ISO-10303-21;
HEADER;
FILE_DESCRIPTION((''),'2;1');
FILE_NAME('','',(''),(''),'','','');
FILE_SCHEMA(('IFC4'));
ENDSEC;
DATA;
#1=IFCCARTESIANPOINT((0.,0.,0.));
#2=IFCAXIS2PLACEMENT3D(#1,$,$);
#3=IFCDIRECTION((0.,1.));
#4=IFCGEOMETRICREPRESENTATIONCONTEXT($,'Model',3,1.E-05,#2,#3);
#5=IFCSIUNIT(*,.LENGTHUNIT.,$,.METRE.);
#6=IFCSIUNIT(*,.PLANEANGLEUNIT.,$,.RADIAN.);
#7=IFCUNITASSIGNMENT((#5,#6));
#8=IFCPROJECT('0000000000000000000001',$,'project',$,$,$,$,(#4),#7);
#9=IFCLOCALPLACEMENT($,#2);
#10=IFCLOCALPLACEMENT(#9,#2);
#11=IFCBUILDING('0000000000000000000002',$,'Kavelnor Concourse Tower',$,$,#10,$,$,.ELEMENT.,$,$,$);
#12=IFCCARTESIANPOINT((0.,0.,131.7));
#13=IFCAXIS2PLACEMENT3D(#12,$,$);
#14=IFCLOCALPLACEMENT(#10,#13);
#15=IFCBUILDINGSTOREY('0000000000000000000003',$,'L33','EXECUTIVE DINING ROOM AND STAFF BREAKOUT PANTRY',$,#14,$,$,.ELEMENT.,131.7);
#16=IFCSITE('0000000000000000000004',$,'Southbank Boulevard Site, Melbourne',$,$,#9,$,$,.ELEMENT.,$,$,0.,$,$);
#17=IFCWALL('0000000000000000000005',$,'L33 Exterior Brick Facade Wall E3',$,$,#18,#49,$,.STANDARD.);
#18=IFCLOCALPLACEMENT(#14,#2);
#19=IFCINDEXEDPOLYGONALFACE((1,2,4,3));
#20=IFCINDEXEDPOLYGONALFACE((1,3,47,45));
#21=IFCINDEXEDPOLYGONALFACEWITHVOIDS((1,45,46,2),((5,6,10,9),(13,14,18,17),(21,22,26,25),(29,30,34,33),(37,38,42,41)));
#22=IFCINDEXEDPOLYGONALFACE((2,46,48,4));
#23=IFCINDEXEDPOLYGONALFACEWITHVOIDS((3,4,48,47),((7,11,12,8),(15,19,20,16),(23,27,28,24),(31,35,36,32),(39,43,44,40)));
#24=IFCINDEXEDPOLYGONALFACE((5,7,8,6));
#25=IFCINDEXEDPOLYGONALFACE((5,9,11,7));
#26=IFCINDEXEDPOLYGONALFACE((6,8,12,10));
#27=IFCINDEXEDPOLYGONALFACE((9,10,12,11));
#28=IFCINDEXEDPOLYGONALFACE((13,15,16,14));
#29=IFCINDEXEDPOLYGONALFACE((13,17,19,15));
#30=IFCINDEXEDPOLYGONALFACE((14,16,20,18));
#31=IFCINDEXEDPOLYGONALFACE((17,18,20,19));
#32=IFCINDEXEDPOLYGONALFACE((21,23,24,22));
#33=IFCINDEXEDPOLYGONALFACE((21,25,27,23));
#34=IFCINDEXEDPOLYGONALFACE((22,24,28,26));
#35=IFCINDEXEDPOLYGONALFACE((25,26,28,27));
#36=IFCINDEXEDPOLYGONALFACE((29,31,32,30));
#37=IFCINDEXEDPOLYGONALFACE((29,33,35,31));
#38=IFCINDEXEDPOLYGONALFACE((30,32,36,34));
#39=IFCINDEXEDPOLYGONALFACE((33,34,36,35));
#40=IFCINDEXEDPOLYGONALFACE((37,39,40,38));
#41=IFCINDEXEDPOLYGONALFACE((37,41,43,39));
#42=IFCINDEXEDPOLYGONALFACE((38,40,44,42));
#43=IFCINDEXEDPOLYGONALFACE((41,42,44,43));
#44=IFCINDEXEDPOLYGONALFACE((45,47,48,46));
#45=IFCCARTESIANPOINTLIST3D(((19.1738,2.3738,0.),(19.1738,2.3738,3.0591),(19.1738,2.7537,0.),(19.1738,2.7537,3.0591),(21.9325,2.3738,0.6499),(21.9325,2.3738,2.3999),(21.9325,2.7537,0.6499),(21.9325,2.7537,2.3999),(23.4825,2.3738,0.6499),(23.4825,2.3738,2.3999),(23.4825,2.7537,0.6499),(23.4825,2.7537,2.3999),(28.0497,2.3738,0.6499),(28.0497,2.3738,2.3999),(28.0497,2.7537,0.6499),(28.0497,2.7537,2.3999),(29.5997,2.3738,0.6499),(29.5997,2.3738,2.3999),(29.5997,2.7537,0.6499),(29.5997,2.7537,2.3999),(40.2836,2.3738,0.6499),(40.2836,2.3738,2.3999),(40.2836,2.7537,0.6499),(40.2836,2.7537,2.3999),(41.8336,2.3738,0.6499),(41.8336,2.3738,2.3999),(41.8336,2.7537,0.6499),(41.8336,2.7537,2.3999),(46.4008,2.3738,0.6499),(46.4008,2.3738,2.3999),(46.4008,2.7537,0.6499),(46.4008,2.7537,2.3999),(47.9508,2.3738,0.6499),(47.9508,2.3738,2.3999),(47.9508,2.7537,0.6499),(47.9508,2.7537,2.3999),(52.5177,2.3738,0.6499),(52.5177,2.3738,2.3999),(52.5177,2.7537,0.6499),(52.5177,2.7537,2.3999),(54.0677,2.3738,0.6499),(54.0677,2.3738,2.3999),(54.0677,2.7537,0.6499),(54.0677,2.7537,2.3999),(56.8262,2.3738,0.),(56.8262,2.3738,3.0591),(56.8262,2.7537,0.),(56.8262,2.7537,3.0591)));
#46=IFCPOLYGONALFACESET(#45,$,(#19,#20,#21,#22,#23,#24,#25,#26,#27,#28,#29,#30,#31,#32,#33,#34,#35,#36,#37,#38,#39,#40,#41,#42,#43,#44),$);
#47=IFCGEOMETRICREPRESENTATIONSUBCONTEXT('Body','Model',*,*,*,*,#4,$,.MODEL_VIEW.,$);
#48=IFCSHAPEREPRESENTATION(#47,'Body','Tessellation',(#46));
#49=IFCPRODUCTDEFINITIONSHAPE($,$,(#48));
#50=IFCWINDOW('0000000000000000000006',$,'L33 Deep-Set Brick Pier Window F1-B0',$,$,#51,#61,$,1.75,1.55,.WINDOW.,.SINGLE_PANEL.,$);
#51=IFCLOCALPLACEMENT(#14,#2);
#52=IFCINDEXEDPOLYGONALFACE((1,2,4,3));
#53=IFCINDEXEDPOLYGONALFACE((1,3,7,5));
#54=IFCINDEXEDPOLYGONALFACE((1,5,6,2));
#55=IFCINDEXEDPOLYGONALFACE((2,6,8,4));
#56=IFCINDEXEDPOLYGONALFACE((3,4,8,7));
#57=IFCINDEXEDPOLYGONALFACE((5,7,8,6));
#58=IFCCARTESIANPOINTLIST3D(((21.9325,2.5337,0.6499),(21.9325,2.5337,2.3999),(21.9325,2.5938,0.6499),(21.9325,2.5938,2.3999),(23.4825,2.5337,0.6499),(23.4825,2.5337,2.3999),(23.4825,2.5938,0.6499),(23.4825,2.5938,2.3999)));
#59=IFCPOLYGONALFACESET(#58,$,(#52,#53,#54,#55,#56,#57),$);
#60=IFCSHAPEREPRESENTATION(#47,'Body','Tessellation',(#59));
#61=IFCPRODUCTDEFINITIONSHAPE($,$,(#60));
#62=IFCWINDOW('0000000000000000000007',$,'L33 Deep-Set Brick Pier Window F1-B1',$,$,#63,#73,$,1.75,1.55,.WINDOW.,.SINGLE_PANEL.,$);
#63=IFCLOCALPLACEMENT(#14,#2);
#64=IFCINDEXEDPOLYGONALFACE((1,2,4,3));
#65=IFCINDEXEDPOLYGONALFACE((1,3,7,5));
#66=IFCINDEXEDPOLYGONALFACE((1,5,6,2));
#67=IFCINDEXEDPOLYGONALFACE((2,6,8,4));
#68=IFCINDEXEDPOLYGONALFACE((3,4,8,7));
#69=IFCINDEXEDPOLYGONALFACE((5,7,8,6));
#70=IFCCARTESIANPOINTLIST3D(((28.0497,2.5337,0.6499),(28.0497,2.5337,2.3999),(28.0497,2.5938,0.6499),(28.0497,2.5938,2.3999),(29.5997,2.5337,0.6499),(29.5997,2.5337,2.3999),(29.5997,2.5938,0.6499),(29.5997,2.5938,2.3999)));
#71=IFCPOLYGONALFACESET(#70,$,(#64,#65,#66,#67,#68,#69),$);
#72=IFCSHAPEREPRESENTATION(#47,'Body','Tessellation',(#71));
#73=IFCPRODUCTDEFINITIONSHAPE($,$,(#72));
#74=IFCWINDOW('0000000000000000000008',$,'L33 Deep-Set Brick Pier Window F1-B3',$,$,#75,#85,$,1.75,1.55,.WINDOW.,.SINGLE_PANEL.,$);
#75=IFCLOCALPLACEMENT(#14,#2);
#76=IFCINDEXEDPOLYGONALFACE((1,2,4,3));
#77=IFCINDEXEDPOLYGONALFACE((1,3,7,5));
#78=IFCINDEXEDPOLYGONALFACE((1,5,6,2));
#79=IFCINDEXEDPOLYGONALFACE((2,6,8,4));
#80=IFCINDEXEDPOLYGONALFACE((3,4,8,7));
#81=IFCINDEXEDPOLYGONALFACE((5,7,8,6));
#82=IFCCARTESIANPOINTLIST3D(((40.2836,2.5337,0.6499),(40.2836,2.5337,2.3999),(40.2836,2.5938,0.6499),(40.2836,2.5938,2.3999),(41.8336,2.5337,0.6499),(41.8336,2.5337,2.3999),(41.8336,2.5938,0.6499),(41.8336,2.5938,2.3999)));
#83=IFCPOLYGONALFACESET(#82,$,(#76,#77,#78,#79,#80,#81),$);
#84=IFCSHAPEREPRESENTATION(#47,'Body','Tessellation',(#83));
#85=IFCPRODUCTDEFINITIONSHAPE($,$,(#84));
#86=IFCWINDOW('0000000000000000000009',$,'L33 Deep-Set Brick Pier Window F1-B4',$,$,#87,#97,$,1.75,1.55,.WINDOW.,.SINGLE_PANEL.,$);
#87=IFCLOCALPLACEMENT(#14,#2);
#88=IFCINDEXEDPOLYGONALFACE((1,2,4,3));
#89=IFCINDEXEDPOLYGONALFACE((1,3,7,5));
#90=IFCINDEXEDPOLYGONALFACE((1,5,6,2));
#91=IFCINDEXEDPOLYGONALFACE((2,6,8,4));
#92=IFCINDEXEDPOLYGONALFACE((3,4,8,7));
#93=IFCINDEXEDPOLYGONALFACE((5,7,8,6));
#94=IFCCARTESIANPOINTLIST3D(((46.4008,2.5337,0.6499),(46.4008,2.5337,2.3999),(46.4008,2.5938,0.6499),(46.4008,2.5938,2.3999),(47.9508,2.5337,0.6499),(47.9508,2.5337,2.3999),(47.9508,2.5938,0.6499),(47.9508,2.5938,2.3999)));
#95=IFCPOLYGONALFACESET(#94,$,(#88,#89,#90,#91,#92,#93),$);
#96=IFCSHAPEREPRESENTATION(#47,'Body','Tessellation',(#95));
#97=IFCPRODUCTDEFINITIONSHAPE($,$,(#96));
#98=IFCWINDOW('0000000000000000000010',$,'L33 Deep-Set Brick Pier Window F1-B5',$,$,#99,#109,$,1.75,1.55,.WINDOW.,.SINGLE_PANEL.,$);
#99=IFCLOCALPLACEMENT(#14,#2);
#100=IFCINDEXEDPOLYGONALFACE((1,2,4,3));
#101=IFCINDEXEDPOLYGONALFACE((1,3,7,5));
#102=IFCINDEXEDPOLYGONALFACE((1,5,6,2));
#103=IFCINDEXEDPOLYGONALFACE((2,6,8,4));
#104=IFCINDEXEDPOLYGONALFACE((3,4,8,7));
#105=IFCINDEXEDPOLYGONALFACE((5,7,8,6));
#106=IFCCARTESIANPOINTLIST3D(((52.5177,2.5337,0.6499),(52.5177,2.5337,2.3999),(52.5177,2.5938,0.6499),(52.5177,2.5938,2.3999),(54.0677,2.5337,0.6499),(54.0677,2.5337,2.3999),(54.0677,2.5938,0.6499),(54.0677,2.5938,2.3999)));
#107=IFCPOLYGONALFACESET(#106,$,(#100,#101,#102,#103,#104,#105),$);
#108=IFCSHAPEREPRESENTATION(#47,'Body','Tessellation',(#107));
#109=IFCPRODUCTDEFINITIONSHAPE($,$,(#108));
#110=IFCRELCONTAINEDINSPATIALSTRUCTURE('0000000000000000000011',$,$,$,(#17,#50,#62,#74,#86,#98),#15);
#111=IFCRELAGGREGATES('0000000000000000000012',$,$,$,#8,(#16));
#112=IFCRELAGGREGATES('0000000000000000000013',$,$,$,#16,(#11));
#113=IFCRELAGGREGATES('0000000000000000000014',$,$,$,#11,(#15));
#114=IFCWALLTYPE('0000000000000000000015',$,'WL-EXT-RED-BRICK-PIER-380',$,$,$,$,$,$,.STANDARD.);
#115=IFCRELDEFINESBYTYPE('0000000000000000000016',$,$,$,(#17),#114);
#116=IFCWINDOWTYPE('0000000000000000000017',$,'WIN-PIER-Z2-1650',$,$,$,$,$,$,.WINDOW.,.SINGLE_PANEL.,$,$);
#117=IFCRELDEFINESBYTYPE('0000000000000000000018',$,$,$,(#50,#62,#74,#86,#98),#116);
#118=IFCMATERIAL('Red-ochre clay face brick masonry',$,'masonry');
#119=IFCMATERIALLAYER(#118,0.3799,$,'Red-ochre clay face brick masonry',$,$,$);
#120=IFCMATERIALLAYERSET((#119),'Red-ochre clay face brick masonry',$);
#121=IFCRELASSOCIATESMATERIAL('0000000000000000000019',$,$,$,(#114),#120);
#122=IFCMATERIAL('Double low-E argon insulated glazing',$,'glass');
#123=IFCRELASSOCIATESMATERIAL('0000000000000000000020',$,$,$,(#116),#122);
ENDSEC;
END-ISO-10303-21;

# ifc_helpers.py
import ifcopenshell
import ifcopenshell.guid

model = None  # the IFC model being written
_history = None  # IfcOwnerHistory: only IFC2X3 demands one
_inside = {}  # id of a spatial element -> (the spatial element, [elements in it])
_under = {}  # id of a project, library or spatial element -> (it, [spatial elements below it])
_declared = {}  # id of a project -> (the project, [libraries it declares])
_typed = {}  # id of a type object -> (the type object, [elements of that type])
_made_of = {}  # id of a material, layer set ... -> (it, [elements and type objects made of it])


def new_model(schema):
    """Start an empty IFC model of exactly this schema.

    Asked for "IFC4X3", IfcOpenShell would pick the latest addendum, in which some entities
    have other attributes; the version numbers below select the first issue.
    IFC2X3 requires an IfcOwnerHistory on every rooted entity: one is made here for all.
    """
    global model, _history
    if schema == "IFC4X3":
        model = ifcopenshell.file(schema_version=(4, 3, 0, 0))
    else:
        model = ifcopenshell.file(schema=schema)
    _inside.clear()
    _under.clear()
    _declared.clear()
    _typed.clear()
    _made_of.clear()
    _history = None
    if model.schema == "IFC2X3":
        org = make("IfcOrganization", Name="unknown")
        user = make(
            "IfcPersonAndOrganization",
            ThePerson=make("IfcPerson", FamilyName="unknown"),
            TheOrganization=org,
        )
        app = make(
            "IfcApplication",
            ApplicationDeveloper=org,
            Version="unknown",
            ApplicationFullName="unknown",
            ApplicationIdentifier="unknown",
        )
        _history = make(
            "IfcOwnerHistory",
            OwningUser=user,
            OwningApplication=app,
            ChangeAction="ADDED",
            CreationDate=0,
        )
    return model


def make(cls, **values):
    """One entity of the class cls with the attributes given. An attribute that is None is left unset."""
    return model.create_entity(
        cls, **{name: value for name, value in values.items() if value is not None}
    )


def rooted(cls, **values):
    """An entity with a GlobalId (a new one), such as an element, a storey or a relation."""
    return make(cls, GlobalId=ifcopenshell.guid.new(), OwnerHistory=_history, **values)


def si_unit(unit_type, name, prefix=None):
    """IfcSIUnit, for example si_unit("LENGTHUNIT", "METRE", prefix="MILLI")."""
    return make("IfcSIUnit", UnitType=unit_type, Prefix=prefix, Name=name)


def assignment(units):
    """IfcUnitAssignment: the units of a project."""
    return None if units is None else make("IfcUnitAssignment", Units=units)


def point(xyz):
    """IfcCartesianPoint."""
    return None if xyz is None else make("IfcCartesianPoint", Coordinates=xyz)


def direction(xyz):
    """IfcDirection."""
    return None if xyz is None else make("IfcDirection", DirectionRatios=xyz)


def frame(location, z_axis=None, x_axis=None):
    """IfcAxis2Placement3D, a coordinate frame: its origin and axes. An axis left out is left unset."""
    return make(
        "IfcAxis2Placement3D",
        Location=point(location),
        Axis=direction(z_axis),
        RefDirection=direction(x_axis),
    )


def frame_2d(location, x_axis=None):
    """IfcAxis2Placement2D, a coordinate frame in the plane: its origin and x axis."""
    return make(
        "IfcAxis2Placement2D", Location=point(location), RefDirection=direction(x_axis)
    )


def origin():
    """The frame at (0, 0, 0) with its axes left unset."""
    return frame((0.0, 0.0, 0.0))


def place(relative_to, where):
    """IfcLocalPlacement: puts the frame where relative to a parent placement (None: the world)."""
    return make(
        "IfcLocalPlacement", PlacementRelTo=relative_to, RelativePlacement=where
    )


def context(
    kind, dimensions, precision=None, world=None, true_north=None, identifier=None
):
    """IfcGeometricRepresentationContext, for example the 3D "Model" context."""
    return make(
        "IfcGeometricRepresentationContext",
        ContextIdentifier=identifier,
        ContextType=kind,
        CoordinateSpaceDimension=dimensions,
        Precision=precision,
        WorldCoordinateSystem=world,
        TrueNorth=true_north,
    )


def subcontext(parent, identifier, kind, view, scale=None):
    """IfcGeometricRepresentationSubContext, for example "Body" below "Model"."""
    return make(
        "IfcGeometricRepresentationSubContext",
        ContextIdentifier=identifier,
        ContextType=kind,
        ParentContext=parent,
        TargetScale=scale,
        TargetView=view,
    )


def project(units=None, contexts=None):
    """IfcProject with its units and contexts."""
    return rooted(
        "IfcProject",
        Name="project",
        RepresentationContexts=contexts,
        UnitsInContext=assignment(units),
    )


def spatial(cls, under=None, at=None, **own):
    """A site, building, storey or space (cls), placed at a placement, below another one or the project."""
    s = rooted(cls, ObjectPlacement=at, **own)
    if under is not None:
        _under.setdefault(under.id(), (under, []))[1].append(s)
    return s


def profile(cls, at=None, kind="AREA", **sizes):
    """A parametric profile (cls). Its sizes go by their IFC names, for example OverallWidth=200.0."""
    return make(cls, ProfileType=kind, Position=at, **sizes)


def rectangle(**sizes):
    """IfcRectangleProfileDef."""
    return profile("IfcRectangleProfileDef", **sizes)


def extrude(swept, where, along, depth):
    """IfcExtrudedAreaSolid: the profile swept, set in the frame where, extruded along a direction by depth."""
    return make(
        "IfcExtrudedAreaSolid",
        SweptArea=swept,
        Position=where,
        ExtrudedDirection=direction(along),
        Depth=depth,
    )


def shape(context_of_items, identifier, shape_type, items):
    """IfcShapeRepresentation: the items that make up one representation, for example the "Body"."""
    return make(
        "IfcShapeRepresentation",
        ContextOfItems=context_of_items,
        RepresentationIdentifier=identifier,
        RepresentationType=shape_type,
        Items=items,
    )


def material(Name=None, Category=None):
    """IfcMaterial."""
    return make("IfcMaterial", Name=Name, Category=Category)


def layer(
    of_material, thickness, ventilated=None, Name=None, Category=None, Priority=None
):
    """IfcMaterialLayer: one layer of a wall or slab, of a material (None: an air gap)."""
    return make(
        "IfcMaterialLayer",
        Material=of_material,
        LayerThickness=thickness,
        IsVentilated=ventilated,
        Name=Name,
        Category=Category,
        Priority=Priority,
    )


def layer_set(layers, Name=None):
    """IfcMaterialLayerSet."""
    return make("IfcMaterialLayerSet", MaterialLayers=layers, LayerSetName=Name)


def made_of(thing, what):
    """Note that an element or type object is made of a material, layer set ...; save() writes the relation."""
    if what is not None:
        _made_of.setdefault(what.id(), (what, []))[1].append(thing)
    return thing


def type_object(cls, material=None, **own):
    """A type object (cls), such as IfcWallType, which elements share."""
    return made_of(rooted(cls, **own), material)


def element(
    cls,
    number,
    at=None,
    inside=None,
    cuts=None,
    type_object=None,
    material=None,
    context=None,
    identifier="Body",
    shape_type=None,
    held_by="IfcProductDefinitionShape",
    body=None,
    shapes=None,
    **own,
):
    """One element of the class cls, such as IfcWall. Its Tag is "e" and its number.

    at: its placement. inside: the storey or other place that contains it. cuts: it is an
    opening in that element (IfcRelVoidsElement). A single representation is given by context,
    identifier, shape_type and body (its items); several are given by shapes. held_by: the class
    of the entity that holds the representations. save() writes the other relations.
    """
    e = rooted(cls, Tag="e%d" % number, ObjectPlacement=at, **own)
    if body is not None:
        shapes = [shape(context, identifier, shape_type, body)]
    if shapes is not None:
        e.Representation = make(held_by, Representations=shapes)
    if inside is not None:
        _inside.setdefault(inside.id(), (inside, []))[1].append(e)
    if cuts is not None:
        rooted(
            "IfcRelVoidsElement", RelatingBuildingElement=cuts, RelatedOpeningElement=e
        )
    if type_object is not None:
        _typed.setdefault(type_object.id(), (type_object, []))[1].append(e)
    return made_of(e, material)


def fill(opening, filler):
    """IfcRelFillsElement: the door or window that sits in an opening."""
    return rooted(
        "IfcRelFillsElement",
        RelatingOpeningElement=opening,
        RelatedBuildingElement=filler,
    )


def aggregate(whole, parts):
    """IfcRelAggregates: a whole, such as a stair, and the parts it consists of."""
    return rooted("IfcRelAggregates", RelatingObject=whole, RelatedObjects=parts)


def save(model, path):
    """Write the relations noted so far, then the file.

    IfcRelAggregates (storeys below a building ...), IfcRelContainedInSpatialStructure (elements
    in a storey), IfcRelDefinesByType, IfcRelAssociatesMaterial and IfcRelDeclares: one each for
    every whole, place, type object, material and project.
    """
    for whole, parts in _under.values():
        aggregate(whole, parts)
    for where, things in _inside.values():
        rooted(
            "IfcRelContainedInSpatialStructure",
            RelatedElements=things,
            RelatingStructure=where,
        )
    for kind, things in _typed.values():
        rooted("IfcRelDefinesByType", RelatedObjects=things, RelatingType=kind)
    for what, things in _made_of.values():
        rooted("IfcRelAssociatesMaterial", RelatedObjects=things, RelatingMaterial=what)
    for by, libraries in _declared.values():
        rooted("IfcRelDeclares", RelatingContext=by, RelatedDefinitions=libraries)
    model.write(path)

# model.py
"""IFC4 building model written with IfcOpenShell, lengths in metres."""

from ifc_helpers import new_model, si_unit, direction, frame, frame_2d, origin, place, context, subcontext, project, spatial, rectangle, extrude, material, layer, layer_set, type_object, element, fill, save


model = new_model("IFC4")

# Units and contexts
model_context = context("Model", 3, precision=1e-05, world=origin(), true_north=direction((0.0, 1.0)))
body_context = subcontext(model_context, "Body", "Model", "MODEL_VIEW")
ifc_project = project(units=[si_unit("LENGTHUNIT", "METRE"), si_unit("PLANEANGLEUNIT", "RADIAN")], contexts=[model_context])

# Site, building, storey
site_placement = place(None, origin())
site = spatial("IfcSite", under=ifc_project, at=site_placement, Name="Southbank Boulevard Site, Melbourne", CompositionType="ELEMENT", RefElevation=0.0)
building_placement = place(site_placement, origin())
building = spatial("IfcBuilding", under=site, at=building_placement, Name="Kavelnor Concourse Tower", CompositionType="ELEMENT")
storey_placement = place(building_placement, frame((0.0, 0.0, 131.7)))
storey = spatial("IfcBuildingStorey", under=building, at=storey_placement, Name="L33", Description="EXECUTIVE DINING ROOM AND STAFF BREAKOUT PANTRY", CompositionType="ELEMENT", Elevation=131.7)

# Shared definitions
ifc_material_1 = material(Name="Double low-E argon insulated glazing", Category="glass")

# Wall, openings, windows
ifc_material_2 = material(Name="Red-ochre clay face brick masonry", Category="masonry")
ifc_layer_1 = layer(ifc_material_2, 0.3799, Name="Red-ochre clay face brick masonry")
ifc_layer_set_1 = layer_set([ifc_layer_1], Name="Red-ochre clay face brick masonry")
wall_type_1 = type_object("IfcWallType", Name="WL-EXT-RED-BRICK-PIER-380", PredefinedType="STANDARD", material=ifc_layer_set_1)
wall_1_placement = place(storey_placement, frame((56.8262, 2.5637, 0.0), z_axis=(0.0, 0.0, 1.0), x_axis=(-1.0, 0.0, 0.0)))
wall_1 = element("IfcWall", 1, at=wall_1_placement, inside=storey, type_object=wall_type_1, Name="L33 Exterior Brick Facade Wall E3", PredefinedType="STANDARD", context=body_context, shape_type="SweptSolid", body=[
    extrude(rectangle(XDim=37.6523, YDim=0.3799, at=frame_2d((18.8262, 0.0))), origin(), (0.0, 0.0, 1.0), 3.0591),
])
opening_1_placement = place(wall_1_placement, frame((33.3438, 0.0, 0.6499)))
opening_1 = element("IfcOpeningElement", 2, at=opening_1_placement, cuts=wall_1, PredefinedType="OPENING", context=body_context, shape_type="SweptSolid", body=[
    extrude(rectangle(XDim=1.55, YDim=1.75, at=frame_2d((0.7749, 0.875))), frame((0.0, 0.2, 0.0), z_axis=(0.0, -1.0, 0.0), x_axis=(1.0, 0.0, 0.0)), (0.0, 0.0, 1.0), 0.3999),
])
opening_2_placement = place(wall_1_placement, frame((27.2266, 0.0, 0.6499)))
opening_2 = element("IfcOpeningElement", 3, at=opening_2_placement, cuts=wall_1, PredefinedType="OPENING", context=body_context, shape_type="SweptSolid", body=[
    extrude(rectangle(XDim=1.55, YDim=1.75, at=frame_2d((0.7749, 0.875))), frame((0.0, 0.2, 0.0), z_axis=(0.0, -1.0, 0.0), x_axis=(1.0, 0.0, 0.0)), (0.0, 0.0, 1.0), 0.3999),
])
opening_3_placement = place(wall_1_placement, frame((14.9927, 0.0, 0.6499)))
opening_3 = element("IfcOpeningElement", 4, at=opening_3_placement, cuts=wall_1, PredefinedType="OPENING", context=body_context, shape_type="SweptSolid", body=[
    extrude(rectangle(XDim=1.55, YDim=1.75, at=frame_2d((0.7749, 0.875))), frame((0.0, 0.2, 0.0), z_axis=(0.0, -1.0, 0.0), x_axis=(1.0, 0.0, 0.0)), (0.0, 0.0, 1.0), 0.3999),
])
opening_4_placement = place(wall_1_placement, frame((8.8755, 0.0, 0.6499)))
opening_4 = element("IfcOpeningElement", 5, at=opening_4_placement, cuts=wall_1, PredefinedType="OPENING", context=body_context, shape_type="SweptSolid", body=[
    extrude(rectangle(XDim=1.55, YDim=1.75, at=frame_2d((0.7749, 0.875))), frame((0.0, 0.2, 0.0), z_axis=(0.0, -1.0, 0.0), x_axis=(1.0, 0.0, 0.0)), (0.0, 0.0, 1.0), 0.3999),
])
opening_5_placement = place(wall_1_placement, frame((2.7585, 0.0, 0.6499)))
opening_5 = element("IfcOpeningElement", 6, at=opening_5_placement, cuts=wall_1, PredefinedType="OPENING", context=body_context, shape_type="SweptSolid", body=[
    extrude(rectangle(XDim=1.55, YDim=1.75, at=frame_2d((0.7749, 0.875))), frame((0.0, 0.2, 0.0), z_axis=(0.0, -1.0, 0.0), x_axis=(1.0, 0.0, 0.0)), (0.0, 0.0, 1.0), 0.3999),
])
window_type_1 = type_object("IfcWindowType", Name="WIN-PIER-Z2-1650", PartitioningType="SINGLE_PANEL", PredefinedType="WINDOW", material=ifc_material_1)
window_1_placement = place(opening_1_placement, origin())
window_1 = element("IfcWindow", 7, at=window_1_placement, inside=storey, type_object=window_type_1, Name="L33 Deep-Set Brick Pier Window F1-B0", OverallHeight=1.75, OverallWidth=1.55, PartitioningType="SINGLE_PANEL", PredefinedType="WINDOW", context=body_context, shape_type="SweptSolid", body=[
    extrude(rectangle(XDim=1.55, YDim=1.75, at=frame_2d((0.7749, 0.875))), frame((0.0, 0.03, 0.0), z_axis=(0.0, -1.0, 0.0), x_axis=(1.0, 0.0, 0.0)), (0.0, 0.0, 1.0), 0.0601),
])
fill(opening_1, window_1)
window_2_placement = place(opening_2_placement, origin())
window_2 = element("IfcWindow", 8, at=window_2_placement, inside=storey, type_object=window_type_1, Name="L33 Deep-Set Brick Pier Window F1-B1", OverallHeight=1.75, OverallWidth=1.55, PartitioningType="SINGLE_PANEL", PredefinedType="WINDOW", context=body_context, shape_type="SweptSolid", body=[
    extrude(rectangle(XDim=1.55, YDim=1.75, at=frame_2d((0.7749, 0.875))), frame((0.0, 0.03, 0.0), z_axis=(0.0, -1.0, 0.0), x_axis=(1.0, 0.0, 0.0)), (0.0, 0.0, 1.0), 0.0601),
])
fill(opening_2, window_2)
window_3_placement = place(opening_3_placement, origin())
window_3 = element("IfcWindow", 9, at=window_3_placement, inside=storey, type_object=window_type_1, Name="L33 Deep-Set Brick Pier Window F1-B3", OverallHeight=1.75, OverallWidth=1.55, PartitioningType="SINGLE_PANEL", PredefinedType="WINDOW", context=body_context, shape_type="SweptSolid", body=[
    extrude(rectangle(XDim=1.55, YDim=1.75, at=frame_2d((0.7749, 0.875))), frame((0.0, 0.03, 0.0), z_axis=(0.0, -1.0, 0.0), x_axis=(1.0, 0.0, 0.0)), (0.0, 0.0, 1.0), 0.0601),
])
fill(opening_3, window_3)
window_4_placement = place(opening_4_placement, origin())
window_4 = element("IfcWindow", 10, at=window_4_placement, inside=storey, type_object=window_type_1, Name="L33 Deep-Set Brick Pier Window F1-B4", OverallHeight=1.75, OverallWidth=1.55, PartitioningType="SINGLE_PANEL", PredefinedType="WINDOW", context=body_context, shape_type="SweptSolid", body=[
    extrude(rectangle(XDim=1.55, YDim=1.75, at=frame_2d((0.7749, 0.875))), frame((0.0, 0.03, 0.0), z_axis=(0.0, -1.0, 0.0), x_axis=(1.0, 0.0, 0.0)), (0.0, 0.0, 1.0), 0.0601),
])
fill(opening_4, window_4)
window_5_placement = place(opening_5_placement, origin())
window_5 = element("IfcWindow", 11, at=window_5_placement, inside=storey, type_object=window_type_1, Name="L33 Deep-Set Brick Pier Window F1-B5", OverallHeight=1.75, OverallWidth=1.55, PartitioningType="SINGLE_PANEL", PredefinedType="WINDOW", context=body_context, shape_type="SweptSolid", body=[
    extrude(rectangle(XDim=1.55, YDim=1.75, at=frame_2d((0.7749, 0.875))), frame((0.0, 0.03, 0.0), z_axis=(0.0, -1.0, 0.0), x_axis=(1.0, 0.0, 0.0)), (0.0, 0.0, 1.0), 0.0601),
])
fill(opening_5, window_5)

save(model, "model.ifc")
